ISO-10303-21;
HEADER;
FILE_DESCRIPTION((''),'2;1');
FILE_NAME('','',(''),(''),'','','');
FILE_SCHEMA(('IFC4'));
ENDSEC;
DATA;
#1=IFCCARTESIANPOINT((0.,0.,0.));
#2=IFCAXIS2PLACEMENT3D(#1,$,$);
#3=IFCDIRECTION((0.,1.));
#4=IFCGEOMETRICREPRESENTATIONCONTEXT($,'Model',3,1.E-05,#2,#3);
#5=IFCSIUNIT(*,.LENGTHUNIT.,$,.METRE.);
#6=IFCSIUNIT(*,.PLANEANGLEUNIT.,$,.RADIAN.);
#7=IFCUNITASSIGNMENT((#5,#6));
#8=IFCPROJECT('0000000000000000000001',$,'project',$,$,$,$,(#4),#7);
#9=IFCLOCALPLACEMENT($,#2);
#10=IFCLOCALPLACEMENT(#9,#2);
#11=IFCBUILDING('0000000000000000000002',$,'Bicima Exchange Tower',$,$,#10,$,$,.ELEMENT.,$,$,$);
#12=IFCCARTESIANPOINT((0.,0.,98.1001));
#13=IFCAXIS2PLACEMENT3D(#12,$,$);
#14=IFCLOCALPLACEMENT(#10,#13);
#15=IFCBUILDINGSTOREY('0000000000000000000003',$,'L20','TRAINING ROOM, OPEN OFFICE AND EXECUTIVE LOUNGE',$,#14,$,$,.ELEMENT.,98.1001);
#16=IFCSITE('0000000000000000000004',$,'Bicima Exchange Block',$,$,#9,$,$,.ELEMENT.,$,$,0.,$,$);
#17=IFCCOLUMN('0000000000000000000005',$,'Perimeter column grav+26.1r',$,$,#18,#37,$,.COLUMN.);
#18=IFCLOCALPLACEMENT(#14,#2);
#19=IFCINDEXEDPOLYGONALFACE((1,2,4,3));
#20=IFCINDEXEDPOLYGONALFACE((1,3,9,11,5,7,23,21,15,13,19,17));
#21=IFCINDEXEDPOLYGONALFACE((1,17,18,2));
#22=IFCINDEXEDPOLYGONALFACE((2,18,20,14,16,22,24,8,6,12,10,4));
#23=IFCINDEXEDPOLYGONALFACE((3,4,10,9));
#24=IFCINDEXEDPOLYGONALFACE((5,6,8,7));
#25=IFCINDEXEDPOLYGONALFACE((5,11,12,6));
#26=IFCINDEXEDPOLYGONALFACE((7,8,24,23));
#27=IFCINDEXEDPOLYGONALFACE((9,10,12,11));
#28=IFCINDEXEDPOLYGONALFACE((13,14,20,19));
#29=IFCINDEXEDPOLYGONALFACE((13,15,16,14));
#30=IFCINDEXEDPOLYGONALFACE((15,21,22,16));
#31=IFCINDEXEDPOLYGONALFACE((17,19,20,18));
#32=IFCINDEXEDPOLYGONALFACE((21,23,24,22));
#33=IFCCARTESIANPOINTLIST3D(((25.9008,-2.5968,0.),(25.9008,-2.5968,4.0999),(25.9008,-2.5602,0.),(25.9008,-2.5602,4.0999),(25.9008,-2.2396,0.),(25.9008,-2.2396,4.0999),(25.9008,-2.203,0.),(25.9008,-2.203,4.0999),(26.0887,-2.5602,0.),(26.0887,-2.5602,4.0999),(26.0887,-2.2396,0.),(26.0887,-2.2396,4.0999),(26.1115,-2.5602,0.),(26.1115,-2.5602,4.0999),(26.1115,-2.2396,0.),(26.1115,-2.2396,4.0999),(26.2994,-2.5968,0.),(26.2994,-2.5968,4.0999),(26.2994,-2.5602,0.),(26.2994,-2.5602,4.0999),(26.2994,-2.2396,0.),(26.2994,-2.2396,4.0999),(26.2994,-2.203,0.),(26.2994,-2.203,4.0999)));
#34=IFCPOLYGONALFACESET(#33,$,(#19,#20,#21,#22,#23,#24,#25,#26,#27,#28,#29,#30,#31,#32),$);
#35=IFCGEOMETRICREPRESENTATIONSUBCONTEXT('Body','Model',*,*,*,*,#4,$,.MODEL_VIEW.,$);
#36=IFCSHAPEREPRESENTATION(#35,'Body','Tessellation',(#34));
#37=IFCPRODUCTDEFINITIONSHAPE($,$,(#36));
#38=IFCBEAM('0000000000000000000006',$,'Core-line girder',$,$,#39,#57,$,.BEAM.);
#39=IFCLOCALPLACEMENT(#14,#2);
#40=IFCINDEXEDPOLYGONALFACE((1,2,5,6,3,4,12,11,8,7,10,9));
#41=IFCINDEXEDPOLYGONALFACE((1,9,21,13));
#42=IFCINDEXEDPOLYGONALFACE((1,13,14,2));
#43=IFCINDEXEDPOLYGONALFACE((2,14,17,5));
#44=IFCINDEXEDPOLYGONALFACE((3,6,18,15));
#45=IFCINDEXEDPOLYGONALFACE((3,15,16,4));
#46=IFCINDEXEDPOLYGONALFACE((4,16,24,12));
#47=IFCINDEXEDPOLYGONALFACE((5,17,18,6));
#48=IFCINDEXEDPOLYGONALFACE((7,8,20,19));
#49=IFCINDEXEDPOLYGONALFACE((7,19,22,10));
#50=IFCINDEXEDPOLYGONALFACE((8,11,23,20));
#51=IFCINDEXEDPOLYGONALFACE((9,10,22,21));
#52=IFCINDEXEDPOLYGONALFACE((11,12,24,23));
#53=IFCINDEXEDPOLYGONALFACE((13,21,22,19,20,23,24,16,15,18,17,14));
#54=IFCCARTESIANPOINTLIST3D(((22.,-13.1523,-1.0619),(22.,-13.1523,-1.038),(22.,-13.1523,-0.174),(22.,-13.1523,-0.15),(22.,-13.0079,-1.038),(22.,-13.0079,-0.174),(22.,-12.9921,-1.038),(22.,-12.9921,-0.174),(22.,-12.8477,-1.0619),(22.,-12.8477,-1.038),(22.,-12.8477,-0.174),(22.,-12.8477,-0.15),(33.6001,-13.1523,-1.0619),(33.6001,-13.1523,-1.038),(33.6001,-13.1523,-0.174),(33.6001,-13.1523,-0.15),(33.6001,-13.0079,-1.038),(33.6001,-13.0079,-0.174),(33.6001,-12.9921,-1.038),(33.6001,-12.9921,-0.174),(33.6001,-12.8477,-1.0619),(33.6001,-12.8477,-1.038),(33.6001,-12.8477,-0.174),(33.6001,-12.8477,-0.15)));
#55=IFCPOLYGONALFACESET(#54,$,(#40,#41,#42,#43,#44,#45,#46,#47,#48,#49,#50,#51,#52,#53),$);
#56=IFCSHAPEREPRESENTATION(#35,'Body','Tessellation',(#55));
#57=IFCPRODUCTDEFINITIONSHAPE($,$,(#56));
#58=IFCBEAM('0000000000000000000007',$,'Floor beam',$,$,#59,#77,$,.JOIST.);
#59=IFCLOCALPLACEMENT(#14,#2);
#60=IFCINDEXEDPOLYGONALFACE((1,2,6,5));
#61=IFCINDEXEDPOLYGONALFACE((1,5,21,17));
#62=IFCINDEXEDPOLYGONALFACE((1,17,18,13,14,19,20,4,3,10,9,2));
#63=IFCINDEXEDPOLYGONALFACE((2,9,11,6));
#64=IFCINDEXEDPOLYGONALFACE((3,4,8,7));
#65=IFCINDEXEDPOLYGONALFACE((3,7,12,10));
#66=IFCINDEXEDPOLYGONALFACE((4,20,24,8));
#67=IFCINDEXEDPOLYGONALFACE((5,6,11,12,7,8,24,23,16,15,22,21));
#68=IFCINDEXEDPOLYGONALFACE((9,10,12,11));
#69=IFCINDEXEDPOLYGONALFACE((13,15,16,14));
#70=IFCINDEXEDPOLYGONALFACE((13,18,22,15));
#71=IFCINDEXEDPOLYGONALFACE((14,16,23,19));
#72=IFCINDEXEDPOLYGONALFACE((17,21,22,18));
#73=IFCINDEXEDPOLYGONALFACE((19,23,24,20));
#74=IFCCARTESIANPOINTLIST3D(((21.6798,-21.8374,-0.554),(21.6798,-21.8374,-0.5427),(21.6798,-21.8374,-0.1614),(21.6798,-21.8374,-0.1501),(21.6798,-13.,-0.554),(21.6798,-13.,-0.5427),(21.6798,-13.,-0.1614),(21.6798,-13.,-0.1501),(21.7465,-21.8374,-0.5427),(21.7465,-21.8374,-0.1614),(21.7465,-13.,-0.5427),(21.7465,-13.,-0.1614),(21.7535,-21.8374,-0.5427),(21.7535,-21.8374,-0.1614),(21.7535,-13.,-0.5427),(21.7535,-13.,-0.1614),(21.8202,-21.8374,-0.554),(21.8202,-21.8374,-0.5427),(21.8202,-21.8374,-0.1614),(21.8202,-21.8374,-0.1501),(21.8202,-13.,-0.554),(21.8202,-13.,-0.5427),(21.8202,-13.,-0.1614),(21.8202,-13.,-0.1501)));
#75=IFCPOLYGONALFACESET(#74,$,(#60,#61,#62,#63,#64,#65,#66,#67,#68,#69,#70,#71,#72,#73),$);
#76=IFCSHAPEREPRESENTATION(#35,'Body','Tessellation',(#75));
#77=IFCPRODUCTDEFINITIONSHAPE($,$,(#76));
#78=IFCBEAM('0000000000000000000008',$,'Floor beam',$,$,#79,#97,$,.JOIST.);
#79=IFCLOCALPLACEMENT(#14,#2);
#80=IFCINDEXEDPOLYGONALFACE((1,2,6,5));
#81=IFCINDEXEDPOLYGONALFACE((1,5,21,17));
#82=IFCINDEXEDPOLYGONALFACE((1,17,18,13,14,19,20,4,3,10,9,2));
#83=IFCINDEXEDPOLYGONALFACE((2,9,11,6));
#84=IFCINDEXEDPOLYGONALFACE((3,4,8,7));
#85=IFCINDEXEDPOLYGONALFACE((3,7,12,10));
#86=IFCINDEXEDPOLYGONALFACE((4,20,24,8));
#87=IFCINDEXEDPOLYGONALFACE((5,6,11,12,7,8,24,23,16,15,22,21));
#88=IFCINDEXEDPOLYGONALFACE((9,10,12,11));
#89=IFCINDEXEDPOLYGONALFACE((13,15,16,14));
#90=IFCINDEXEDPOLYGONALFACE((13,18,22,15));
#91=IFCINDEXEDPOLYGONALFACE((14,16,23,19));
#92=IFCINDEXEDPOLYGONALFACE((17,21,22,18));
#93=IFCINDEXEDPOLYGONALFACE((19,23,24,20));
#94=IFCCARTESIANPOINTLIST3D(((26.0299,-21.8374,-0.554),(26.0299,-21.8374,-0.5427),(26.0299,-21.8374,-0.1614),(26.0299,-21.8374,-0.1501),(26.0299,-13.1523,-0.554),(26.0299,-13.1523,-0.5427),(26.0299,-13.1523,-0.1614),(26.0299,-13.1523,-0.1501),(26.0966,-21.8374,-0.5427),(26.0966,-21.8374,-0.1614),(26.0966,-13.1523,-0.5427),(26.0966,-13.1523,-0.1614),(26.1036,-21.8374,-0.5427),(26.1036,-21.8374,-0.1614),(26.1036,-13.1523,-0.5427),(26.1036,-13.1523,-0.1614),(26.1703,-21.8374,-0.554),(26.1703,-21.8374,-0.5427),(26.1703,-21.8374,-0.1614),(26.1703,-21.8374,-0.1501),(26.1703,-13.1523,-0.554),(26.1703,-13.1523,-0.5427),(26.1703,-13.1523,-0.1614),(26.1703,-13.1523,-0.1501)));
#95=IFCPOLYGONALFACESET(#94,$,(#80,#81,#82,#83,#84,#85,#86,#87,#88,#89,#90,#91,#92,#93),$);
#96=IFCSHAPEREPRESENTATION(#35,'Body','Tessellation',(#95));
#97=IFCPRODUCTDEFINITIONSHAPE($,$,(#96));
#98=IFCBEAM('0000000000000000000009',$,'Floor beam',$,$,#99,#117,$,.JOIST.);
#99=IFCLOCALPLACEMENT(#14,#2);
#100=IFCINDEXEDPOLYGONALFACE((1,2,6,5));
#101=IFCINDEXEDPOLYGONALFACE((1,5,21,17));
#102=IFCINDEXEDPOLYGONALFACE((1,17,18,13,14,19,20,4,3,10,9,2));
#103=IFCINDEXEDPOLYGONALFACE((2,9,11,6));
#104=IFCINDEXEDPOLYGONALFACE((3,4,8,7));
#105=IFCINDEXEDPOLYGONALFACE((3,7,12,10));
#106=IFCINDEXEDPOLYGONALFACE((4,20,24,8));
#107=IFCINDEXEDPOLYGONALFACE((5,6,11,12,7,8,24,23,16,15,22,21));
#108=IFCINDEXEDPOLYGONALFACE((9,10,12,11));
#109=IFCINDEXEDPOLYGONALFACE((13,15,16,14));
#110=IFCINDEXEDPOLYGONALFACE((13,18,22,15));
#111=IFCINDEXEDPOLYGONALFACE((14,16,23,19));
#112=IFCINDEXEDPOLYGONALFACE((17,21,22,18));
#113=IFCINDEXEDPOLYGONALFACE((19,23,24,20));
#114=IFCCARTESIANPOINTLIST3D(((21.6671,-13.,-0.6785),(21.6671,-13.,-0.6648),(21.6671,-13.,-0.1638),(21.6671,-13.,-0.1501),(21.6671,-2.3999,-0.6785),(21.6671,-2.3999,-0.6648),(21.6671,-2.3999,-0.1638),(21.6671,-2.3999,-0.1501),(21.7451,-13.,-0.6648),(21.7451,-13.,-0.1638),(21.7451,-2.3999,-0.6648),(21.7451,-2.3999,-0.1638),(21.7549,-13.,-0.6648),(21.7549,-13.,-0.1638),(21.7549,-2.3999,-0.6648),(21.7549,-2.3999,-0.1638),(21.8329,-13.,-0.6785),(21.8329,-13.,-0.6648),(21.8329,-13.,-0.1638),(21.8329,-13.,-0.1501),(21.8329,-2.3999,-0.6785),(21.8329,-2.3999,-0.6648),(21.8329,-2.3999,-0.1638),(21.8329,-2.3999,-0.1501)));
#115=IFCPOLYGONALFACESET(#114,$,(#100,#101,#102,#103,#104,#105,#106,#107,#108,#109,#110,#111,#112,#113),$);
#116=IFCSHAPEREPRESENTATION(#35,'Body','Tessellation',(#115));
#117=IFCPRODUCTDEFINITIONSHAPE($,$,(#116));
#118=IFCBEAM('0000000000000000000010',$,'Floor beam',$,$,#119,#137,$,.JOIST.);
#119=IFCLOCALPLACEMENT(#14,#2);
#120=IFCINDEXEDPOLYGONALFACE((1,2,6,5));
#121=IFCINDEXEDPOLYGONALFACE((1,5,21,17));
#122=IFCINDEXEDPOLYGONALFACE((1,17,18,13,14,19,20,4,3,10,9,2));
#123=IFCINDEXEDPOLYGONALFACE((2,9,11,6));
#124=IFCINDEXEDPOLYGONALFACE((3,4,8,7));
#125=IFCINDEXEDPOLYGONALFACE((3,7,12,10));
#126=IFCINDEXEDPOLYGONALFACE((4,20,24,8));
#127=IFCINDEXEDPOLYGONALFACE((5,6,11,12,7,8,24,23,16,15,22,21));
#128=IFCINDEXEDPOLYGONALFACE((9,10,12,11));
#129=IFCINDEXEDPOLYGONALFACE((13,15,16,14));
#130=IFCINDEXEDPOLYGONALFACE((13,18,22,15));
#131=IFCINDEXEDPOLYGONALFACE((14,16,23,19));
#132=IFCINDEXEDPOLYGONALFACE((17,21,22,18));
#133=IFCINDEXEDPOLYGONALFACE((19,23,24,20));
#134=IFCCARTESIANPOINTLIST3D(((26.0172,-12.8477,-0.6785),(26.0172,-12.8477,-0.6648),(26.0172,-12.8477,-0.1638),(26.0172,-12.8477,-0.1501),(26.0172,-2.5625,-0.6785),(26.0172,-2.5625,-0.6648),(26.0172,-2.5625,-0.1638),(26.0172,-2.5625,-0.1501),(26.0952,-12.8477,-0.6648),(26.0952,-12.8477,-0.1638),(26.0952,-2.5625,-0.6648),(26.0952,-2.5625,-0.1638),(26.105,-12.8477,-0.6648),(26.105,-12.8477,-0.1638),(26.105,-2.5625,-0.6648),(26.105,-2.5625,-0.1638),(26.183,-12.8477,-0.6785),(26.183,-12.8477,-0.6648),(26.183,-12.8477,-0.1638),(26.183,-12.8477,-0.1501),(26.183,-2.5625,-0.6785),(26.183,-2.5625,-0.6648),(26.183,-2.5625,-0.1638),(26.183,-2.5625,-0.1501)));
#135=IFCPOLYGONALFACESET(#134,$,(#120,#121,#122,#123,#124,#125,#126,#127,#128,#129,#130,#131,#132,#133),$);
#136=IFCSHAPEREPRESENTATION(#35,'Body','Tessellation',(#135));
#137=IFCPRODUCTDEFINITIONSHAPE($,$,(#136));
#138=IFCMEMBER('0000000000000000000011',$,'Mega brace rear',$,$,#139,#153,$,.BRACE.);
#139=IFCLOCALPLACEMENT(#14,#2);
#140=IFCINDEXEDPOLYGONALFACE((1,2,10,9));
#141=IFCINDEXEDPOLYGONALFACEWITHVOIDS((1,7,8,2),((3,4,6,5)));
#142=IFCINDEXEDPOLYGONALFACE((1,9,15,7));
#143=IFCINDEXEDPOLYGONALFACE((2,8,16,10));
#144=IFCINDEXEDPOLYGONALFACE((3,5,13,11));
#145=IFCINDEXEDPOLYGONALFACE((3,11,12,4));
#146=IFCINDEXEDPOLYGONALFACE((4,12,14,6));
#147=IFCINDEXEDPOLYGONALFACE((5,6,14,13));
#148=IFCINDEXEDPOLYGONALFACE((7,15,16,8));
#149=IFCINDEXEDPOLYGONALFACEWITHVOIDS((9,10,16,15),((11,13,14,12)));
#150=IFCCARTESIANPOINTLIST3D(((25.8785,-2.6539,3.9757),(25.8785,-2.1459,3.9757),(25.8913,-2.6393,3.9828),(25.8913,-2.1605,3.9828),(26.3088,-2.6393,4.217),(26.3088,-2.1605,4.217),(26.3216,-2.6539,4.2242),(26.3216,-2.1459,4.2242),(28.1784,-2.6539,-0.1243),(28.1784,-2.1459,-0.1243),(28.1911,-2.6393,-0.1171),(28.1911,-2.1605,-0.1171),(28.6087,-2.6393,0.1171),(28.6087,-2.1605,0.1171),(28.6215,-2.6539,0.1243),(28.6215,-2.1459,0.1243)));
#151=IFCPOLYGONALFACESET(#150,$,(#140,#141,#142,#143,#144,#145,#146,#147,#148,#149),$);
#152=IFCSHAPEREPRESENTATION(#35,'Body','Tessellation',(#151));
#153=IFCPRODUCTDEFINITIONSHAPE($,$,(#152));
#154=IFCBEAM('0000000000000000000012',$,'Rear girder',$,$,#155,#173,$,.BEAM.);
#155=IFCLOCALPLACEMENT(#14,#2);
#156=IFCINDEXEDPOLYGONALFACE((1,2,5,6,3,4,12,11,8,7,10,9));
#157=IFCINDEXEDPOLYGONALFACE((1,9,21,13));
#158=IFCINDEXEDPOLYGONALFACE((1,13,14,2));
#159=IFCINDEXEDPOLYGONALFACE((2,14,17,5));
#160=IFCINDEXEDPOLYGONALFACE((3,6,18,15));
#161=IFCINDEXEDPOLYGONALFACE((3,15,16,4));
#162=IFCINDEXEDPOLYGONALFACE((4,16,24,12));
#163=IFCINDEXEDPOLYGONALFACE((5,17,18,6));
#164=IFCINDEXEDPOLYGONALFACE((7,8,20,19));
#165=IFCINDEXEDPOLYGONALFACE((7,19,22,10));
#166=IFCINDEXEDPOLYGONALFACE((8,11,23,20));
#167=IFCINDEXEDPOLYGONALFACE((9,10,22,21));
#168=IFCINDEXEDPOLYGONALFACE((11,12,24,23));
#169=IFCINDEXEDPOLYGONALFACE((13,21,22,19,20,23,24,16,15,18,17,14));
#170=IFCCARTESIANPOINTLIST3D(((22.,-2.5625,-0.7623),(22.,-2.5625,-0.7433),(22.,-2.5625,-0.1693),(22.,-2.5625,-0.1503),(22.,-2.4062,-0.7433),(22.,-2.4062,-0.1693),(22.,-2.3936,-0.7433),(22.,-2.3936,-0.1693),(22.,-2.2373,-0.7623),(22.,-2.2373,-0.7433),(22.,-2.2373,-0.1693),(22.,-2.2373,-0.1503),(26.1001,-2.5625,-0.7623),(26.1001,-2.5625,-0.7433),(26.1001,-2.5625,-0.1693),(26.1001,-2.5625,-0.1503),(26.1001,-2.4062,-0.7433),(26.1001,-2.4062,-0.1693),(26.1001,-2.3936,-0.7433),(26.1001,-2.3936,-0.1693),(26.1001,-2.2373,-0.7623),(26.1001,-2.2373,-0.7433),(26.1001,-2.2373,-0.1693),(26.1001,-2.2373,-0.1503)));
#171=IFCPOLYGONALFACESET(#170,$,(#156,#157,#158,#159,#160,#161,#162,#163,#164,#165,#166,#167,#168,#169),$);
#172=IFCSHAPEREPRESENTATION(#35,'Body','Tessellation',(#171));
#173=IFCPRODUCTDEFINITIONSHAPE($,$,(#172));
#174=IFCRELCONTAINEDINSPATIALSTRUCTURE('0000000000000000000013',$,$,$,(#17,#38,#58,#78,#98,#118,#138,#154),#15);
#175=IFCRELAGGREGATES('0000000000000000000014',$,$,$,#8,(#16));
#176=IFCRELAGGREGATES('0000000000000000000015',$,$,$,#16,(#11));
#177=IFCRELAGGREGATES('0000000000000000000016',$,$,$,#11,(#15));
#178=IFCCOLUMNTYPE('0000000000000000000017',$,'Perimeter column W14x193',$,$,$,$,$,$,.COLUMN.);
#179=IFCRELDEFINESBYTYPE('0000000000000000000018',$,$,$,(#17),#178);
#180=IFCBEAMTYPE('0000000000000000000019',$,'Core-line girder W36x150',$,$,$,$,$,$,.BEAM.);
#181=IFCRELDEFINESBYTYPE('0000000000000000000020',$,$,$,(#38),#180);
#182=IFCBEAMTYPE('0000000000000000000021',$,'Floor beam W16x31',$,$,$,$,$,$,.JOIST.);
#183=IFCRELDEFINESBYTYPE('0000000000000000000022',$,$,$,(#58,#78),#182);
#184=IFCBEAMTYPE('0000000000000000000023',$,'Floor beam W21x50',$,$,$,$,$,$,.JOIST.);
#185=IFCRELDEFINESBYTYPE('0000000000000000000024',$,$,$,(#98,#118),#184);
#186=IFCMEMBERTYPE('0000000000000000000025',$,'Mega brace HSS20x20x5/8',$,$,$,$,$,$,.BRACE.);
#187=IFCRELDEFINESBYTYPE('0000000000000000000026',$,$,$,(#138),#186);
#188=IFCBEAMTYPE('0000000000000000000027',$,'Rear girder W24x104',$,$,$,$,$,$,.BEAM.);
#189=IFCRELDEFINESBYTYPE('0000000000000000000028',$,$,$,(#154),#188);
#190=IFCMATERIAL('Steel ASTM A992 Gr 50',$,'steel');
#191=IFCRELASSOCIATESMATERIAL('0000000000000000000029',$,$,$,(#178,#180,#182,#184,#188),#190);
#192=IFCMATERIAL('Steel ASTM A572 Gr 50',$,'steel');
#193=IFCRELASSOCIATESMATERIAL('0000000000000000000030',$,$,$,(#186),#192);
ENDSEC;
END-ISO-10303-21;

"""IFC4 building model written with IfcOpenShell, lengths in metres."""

from ifc_helpers import new_model, si_unit, direction, frame, origin, origin_2d, place, context, subcontext, project, spatial, hollow_rectangle, i_section, extrude, material, material_profile, profile_set, type_object, element, save


model = new_model("IFC4")

# Units and contexts
model_context = context("Model", 3, precision=1e-05, world=origin(), true_north=direction((0.0, 1.0)))
body_context = subcontext(model_context, "Body", "Model", "MODEL_VIEW")
ifc_project = project(units=[si_unit("LENGTHUNIT", "METRE"), si_unit("PLANEANGLEUNIT", "RADIAN")], contexts=[model_context])

# Site, building, storey
site_placement = place(None, origin())
site = spatial("IfcSite", under=ifc_project, at=site_placement, Name="Bicima Exchange Block", CompositionType="ELEMENT", RefElevation=0.0)
building_placement = place(site_placement, origin())
building = spatial("IfcBuilding", under=site, at=building_placement, Name="Bicima Exchange Tower", CompositionType="ELEMENT")
storey_placement = place(building_placement, frame((0.0, 0.0, 98.1001)))
storey = spatial("IfcBuildingStorey", under=building, at=storey_placement, Name="L20", Description="TRAINING ROOM, OPEN OFFICE AND EXECUTIVE LOUNGE", CompositionType="ELEMENT", Elevation=98.1001)

# Column
ifc_material_1 = material(Name="Steel ASTM A992 Gr 50", Category="steel")
ifc_material_profile_1 = material_profile(ifc_material_1, i_section(OverallWidth=0.3987, OverallDepth=0.3938, WebThickness=0.0227, FlangeThickness=0.0366, at=origin_2d()))
ifc_profile_set_1 = profile_set([ifc_material_profile_1], Name="Steel ASTM A992 Gr 50")
column_type = type_object("IfcColumnType", Name="Perimeter column W14x193", PredefinedType="COLUMN", material=ifc_profile_set_1)
column_placement = place(storey_placement, frame((26.1001, -2.3999, 0.0), z_axis=(0.0, 0.0, 1.0), x_axis=(1.0, 0.0, 0.0)))
element("IfcColumn", 1, at=column_placement, inside=storey, type_object=column_type, Name="Perimeter column grav+26.1r", PredefinedType="COLUMN", context=body_context, shape_type="SweptSolid", body=[
    extrude(i_section(OverallWidth=0.3987, OverallDepth=0.3938, WebThickness=0.0227, FlangeThickness=0.0366, at=origin_2d()), origin(), (0.0, 0.0, 1.0), 4.0999),
])

# Beams
ifc_material_profile_2 = material_profile(ifc_material_1, i_section(OverallWidth=0.3047, OverallDepth=0.9119, WebThickness=0.0159, FlangeThickness=0.0239, at=origin_2d()))
ifc_profile_set_2 = profile_set([ifc_material_profile_2], Name="Steel ASTM A992 Gr 50")
beam_type_1 = type_object("IfcBeamType", Name="Core-line girder W36x150", PredefinedType="BEAM", material=ifc_profile_set_2)
beam_1_placement = place(storey_placement, frame((22.0, -13.0, -0.606), z_axis=(1.0, 0.0, 0.0), x_axis=(0.0, 1.0, 0.0)))
element("IfcBeam", 2, at=beam_1_placement, inside=storey, type_object=beam_type_1, Name="Core-line girder", PredefinedType="BEAM", context=body_context, shape_type="SweptSolid", body=[
    extrude(i_section(OverallWidth=0.3047, OverallDepth=0.9119, WebThickness=0.0159, FlangeThickness=0.0239, at=origin_2d()), origin(), (0.0, 0.0, 1.0), 11.6001),
])
ifc_material_profile_3 = material_profile(ifc_material_1, i_section(OverallWidth=0.1404, OverallDepth=0.4038, WebThickness=0.0071, FlangeThickness=0.0112, at=origin_2d()))
ifc_profile_set_3 = profile_set([ifc_material_profile_3], Name="Steel ASTM A992 Gr 50")
beam_type_2 = type_object("IfcBeamType", Name="Floor beam W16x31", PredefinedType="JOIST", material=ifc_profile_set_3)
beam_2_placement = place(storey_placement, frame((21.75, -13.0, -0.3521), z_axis=(0.0, -1.0, 0.0), x_axis=(1.0, 0.0, 0.0)))
element("IfcBeam", 3, at=beam_2_placement, inside=storey, type_object=beam_type_2, Name="Floor beam", PredefinedType="JOIST", context=body_context, shape_type="SweptSolid", body=[
    extrude(i_section(OverallWidth=0.1404, OverallDepth=0.4038, WebThickness=0.0071, FlangeThickness=0.0112, at=origin_2d()), origin(), (0.0, 0.0, 1.0), 8.8374),
])
beam_3_placement = place(storey_placement, frame((26.1001, -13.1523, -0.3521), z_axis=(0.0, -1.0, 0.0), x_axis=(1.0, 0.0, 0.0)))
element("IfcBeam", 4, at=beam_3_placement, inside=storey, type_object=beam_type_2, Name="Floor beam", PredefinedType="JOIST", context=body_context, shape_type="SweptSolid", body=[
    extrude(i_section(OverallWidth=0.1404, OverallDepth=0.4038, WebThickness=0.0071, FlangeThickness=0.0112, at=origin_2d()), origin(), (0.0, 0.0, 1.0), 8.6851),
])
ifc_material_profile_4 = material_profile(ifc_material_1, i_section(OverallWidth=0.1658, OverallDepth=0.5283, WebThickness=0.0098, FlangeThickness=0.0137, at=origin_2d()))
ifc_profile_set_4 = profile_set([ifc_material_profile_4], Name="Steel ASTM A992 Gr 50")
beam_type_3 = type_object("IfcBeamType", Name="Floor beam W21x50", PredefinedType="JOIST", material=ifc_profile_set_4)
beam_4_placement = place(storey_placement, frame((21.75, -2.3999, -0.4143), z_axis=(0.0, -1.0, 0.0), x_axis=(1.0, 0.0, 0.0)))
element("IfcBeam", 5, at=beam_4_placement, inside=storey, type_object=beam_type_3, Name="Floor beam", PredefinedType="JOIST", context=body_context, shape_type="SweptSolid", body=[
    extrude(i_section(OverallWidth=0.1658, OverallDepth=0.5283, WebThickness=0.0098, FlangeThickness=0.0137, at=origin_2d()), origin(), (0.0, 0.0, 1.0), 10.6001),
])
beam_5_placement = place(storey_placement, frame((26.1001, -2.5625, -0.4143), z_axis=(0.0, -1.0, 0.0), x_axis=(1.0, 0.0, 0.0)))
element("IfcBeam", 6, at=beam_5_placement, inside=storey, type_object=beam_type_3, Name="Floor beam", PredefinedType="JOIST", context=body_context, shape_type="SweptSolid", body=[
    extrude(i_section(OverallWidth=0.1658, OverallDepth=0.5283, WebThickness=0.0098, FlangeThickness=0.0137, at=origin_2d()), origin(), (0.0, 0.0, 1.0), 10.2852),
])

# Member
ifc_material_2 = material(Name="Steel ASTM A572 Gr 50", Category="steel")
ifc_material_profile_5 = material_profile(ifc_material_2, hollow_rectangle(XDim=0.5081, YDim=0.5081, WallThickness=0.0146, at=origin_2d()))
ifc_profile_set_5 = profile_set([ifc_material_profile_5], Name="Steel ASTM A572 Gr 50")
member_type = type_object("IfcMemberType", Name="Mega brace HSS20x20x5/8", PredefinedType="BRACE", material=ifc_profile_set_5)
member_placement = place(storey_placement, frame((28.3999, -2.3999, 0.0), z_axis=(-0.489233, 0.0, 0.872153), x_axis=(0.0, -1.0, 0.0)))
element("IfcMember", 7, at=member_placement, inside=storey, type_object=member_type, Name="Mega brace rear", PredefinedType="BRACE", context=body_context, shape_type="SweptSolid", body=[
    extrude(hollow_rectangle(XDim=0.5081, YDim=0.5081, WallThickness=0.0146, at=origin_2d()), origin(), (0.0, 0.0, 1.0), 4.7009),
])

# Beam
ifc_material_profile_6 = material_profile(ifc_material_1, i_section(OverallWidth=0.3252, OverallDepth=0.6121, WebThickness=0.0127, FlangeThickness=0.019, at=origin_2d()))
ifc_profile_set_6 = profile_set([ifc_material_profile_6], Name="Steel ASTM A992 Gr 50")
beam_type_4 = type_object("IfcBeamType", Name="Rear girder W24x104", PredefinedType="BEAM", material=ifc_profile_set_6)
beam_6_placement = place(storey_placement, frame((22.0, -2.3999, -0.4563), z_axis=(1.0, 0.0, 0.0), x_axis=(0.0, 1.0, 0.0)))
element("IfcBeam", 8, at=beam_6_placement, inside=storey, type_object=beam_type_4, Name="Rear girder", PredefinedType="BEAM", context=body_context, shape_type="SweptSolid", body=[
    extrude(i_section(OverallWidth=0.3252, OverallDepth=0.6121, WebThickness=0.0127, FlangeThickness=0.019, at=origin_2d()), origin(), (0.0, 0.0, 1.0), 4.1001),
])

save(model, "model.ifc")
